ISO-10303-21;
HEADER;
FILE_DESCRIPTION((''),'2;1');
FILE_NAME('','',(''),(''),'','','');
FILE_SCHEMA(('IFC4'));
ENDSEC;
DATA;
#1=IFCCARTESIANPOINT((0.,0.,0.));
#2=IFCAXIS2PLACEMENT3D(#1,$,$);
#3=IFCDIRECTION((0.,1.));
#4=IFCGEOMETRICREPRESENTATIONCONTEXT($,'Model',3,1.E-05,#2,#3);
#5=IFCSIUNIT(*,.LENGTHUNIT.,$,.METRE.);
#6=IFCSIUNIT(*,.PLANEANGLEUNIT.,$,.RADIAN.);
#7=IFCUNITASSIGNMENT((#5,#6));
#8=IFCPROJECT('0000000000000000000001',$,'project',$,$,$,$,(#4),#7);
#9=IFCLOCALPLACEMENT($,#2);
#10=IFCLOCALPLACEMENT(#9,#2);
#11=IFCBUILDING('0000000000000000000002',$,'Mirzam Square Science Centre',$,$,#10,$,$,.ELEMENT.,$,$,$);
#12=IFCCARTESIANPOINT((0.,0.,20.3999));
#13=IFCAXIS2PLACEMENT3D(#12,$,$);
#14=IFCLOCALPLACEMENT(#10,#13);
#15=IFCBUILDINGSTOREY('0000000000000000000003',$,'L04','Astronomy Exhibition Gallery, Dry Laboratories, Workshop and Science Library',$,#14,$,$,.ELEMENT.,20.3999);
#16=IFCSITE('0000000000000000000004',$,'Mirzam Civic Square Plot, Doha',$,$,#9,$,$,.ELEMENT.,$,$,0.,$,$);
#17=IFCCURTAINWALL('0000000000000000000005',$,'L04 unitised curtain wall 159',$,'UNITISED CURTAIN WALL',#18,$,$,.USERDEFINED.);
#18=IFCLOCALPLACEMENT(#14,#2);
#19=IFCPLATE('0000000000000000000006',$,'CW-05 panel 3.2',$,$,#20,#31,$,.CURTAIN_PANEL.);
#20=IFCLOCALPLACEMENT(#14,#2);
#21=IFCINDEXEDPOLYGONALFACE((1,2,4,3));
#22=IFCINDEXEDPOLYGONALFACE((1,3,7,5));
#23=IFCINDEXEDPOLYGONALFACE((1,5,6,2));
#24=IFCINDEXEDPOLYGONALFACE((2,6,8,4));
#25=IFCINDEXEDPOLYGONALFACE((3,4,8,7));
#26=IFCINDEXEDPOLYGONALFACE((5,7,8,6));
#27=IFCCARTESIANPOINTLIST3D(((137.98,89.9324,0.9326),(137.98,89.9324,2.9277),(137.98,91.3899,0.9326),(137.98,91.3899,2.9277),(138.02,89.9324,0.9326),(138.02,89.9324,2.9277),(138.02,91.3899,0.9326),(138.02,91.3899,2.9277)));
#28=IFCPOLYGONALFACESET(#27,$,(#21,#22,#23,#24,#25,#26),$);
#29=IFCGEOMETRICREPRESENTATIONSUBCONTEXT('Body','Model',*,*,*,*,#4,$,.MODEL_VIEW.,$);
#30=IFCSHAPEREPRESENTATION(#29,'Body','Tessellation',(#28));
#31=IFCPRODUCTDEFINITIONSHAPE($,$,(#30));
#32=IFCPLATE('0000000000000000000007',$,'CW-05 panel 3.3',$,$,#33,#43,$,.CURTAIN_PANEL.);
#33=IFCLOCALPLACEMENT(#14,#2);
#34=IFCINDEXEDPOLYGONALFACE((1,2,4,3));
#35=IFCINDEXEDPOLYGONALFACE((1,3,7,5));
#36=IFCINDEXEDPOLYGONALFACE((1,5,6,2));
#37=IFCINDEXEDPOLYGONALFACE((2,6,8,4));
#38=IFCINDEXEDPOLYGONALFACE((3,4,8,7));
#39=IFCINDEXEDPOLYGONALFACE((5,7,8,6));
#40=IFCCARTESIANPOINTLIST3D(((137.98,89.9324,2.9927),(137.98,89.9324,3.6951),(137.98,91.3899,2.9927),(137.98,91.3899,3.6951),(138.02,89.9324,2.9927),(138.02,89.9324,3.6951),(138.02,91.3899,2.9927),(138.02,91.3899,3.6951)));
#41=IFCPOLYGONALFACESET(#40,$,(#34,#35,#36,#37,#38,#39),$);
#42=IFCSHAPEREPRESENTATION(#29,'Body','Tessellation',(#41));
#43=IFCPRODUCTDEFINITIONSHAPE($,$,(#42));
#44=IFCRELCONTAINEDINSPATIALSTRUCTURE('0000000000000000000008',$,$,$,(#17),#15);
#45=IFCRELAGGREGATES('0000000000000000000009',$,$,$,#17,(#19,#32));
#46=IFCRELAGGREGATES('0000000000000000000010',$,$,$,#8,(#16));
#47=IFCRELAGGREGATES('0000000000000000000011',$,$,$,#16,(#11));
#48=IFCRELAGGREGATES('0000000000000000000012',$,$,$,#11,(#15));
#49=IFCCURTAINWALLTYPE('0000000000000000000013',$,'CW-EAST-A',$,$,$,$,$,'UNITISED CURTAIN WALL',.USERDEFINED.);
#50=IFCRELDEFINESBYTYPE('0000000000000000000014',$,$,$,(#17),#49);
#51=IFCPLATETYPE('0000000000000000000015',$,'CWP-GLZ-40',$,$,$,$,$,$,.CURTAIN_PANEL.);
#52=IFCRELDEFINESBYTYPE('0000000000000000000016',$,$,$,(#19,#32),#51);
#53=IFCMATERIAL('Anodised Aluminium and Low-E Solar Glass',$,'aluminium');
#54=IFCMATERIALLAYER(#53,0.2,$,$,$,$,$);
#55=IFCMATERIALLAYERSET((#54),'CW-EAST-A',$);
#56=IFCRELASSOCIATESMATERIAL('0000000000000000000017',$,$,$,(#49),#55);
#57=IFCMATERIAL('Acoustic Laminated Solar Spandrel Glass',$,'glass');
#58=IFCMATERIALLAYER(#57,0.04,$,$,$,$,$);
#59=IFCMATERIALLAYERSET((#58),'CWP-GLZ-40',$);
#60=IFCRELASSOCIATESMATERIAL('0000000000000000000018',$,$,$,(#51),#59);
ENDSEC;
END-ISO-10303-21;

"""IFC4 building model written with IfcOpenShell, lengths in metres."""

from ifc_helpers import new_model, si_unit, direction, frame, origin, origin_2d, place, context, subcontext, project, spatial, rectangle, extrude, material, layer, layer_set, type_object, element, aggregate, save


model = new_model("IFC4")

# Units and contexts
model_context = context("Model", 3, precision=1e-05, world=origin(), true_north=direction((0.0, 1.0)))
body_context = subcontext(model_context, "Body", "Model", "MODEL_VIEW")
ifc_project = project(units=[si_unit("LENGTHUNIT", "METRE"), si_unit("PLANEANGLEUNIT", "RADIAN")], contexts=[model_context])

# Site, building, storey
site_placement = place(None, origin())
site = spatial("IfcSite", under=ifc_project, at=site_placement, Name="Mirzam Civic Square Plot, Doha", CompositionType="ELEMENT", RefElevation=0.0)
building_placement = place(site_placement, origin())
building = spatial("IfcBuilding", under=site, at=building_placement, Name="Mirzam Square Science Centre", CompositionType="ELEMENT")
storey_placement = place(building_placement, frame((0.0, 0.0, 20.3999)))
storey = spatial("IfcBuildingStorey", under=building, at=storey_placement, Name="L04", Description="Astronomy Exhibition Gallery, Dry Laboratories, Workshop and Science Library", CompositionType="ELEMENT", Elevation=20.3999)

# Curtain wall
ifc_material_1 = material(Name="Anodised Aluminium and Low-E Solar Glass", Category="aluminium")
ifc_layer_1 = layer(ifc_material_1, 0.2)
ifc_layer_set_1 = layer_set([ifc_layer_1], Name="CW-EAST-A")
curtain_wall_type = type_object("IfcCurtainWallType", Name="CW-EAST-A", ElementType="UNITISED CURTAIN WALL", PredefinedType="USERDEFINED", material=ifc_layer_set_1)
curtain_wall_placement = place(storey_placement, origin())
curtain_wall = element("IfcCurtainWall", 1, at=curtain_wall_placement, inside=storey, type_object=curtain_wall_type, Name="L04 unitised curtain wall 159", ObjectType="UNITISED CURTAIN WALL", PredefinedType="USERDEFINED")

# Plates
ifc_material_2 = material(Name="Acoustic Laminated Solar Spandrel Glass", Category="glass")
ifc_layer_2 = layer(ifc_material_2, 0.04)
ifc_layer_set_2 = layer_set([ifc_layer_2], Name="CWP-GLZ-40")
plate_type = type_object("IfcPlateType", Name="CWP-GLZ-40", PredefinedType="CURTAIN_PANEL", material=ifc_layer_set_2)
plate_1_placement = place(storey_placement, frame((138.0, 90.6611, 0.9326), z_axis=(0.0, 0.0, 1.0), x_axis=(0.0, 1.0, 0.0)))
plate_1 = element("IfcPlate", 2, at=plate_1_placement, type_object=plate_type, Name="CW-05 panel 3.2", PredefinedType="CURTAIN_PANEL", context=body_context, shape_type="SweptSolid", body=[
    extrude(rectangle(XDim=1.4575, YDim=0.04, at=origin_2d()), origin(), (0.0, 0.0, 1.0), 1.9951),
])
plate_2_placement = place(storey_placement, frame((138.0, 90.6611, 2.9927), z_axis=(0.0, 0.0, 1.0), x_axis=(0.0, 1.0, 0.0)))
plate_2 = element("IfcPlate", 3, at=plate_2_placement, type_object=plate_type, Name="CW-05 panel 3.3", PredefinedType="CURTAIN_PANEL", context=body_context, shape_type="SweptSolid", body=[
    extrude(rectangle(XDim=1.4575, YDim=0.04, at=origin_2d()), origin(), (0.0, 0.0, 1.0), 0.7024),
])
aggregate(curtain_wall, [plate_1, plate_2])

save(model, "model.ifc")
